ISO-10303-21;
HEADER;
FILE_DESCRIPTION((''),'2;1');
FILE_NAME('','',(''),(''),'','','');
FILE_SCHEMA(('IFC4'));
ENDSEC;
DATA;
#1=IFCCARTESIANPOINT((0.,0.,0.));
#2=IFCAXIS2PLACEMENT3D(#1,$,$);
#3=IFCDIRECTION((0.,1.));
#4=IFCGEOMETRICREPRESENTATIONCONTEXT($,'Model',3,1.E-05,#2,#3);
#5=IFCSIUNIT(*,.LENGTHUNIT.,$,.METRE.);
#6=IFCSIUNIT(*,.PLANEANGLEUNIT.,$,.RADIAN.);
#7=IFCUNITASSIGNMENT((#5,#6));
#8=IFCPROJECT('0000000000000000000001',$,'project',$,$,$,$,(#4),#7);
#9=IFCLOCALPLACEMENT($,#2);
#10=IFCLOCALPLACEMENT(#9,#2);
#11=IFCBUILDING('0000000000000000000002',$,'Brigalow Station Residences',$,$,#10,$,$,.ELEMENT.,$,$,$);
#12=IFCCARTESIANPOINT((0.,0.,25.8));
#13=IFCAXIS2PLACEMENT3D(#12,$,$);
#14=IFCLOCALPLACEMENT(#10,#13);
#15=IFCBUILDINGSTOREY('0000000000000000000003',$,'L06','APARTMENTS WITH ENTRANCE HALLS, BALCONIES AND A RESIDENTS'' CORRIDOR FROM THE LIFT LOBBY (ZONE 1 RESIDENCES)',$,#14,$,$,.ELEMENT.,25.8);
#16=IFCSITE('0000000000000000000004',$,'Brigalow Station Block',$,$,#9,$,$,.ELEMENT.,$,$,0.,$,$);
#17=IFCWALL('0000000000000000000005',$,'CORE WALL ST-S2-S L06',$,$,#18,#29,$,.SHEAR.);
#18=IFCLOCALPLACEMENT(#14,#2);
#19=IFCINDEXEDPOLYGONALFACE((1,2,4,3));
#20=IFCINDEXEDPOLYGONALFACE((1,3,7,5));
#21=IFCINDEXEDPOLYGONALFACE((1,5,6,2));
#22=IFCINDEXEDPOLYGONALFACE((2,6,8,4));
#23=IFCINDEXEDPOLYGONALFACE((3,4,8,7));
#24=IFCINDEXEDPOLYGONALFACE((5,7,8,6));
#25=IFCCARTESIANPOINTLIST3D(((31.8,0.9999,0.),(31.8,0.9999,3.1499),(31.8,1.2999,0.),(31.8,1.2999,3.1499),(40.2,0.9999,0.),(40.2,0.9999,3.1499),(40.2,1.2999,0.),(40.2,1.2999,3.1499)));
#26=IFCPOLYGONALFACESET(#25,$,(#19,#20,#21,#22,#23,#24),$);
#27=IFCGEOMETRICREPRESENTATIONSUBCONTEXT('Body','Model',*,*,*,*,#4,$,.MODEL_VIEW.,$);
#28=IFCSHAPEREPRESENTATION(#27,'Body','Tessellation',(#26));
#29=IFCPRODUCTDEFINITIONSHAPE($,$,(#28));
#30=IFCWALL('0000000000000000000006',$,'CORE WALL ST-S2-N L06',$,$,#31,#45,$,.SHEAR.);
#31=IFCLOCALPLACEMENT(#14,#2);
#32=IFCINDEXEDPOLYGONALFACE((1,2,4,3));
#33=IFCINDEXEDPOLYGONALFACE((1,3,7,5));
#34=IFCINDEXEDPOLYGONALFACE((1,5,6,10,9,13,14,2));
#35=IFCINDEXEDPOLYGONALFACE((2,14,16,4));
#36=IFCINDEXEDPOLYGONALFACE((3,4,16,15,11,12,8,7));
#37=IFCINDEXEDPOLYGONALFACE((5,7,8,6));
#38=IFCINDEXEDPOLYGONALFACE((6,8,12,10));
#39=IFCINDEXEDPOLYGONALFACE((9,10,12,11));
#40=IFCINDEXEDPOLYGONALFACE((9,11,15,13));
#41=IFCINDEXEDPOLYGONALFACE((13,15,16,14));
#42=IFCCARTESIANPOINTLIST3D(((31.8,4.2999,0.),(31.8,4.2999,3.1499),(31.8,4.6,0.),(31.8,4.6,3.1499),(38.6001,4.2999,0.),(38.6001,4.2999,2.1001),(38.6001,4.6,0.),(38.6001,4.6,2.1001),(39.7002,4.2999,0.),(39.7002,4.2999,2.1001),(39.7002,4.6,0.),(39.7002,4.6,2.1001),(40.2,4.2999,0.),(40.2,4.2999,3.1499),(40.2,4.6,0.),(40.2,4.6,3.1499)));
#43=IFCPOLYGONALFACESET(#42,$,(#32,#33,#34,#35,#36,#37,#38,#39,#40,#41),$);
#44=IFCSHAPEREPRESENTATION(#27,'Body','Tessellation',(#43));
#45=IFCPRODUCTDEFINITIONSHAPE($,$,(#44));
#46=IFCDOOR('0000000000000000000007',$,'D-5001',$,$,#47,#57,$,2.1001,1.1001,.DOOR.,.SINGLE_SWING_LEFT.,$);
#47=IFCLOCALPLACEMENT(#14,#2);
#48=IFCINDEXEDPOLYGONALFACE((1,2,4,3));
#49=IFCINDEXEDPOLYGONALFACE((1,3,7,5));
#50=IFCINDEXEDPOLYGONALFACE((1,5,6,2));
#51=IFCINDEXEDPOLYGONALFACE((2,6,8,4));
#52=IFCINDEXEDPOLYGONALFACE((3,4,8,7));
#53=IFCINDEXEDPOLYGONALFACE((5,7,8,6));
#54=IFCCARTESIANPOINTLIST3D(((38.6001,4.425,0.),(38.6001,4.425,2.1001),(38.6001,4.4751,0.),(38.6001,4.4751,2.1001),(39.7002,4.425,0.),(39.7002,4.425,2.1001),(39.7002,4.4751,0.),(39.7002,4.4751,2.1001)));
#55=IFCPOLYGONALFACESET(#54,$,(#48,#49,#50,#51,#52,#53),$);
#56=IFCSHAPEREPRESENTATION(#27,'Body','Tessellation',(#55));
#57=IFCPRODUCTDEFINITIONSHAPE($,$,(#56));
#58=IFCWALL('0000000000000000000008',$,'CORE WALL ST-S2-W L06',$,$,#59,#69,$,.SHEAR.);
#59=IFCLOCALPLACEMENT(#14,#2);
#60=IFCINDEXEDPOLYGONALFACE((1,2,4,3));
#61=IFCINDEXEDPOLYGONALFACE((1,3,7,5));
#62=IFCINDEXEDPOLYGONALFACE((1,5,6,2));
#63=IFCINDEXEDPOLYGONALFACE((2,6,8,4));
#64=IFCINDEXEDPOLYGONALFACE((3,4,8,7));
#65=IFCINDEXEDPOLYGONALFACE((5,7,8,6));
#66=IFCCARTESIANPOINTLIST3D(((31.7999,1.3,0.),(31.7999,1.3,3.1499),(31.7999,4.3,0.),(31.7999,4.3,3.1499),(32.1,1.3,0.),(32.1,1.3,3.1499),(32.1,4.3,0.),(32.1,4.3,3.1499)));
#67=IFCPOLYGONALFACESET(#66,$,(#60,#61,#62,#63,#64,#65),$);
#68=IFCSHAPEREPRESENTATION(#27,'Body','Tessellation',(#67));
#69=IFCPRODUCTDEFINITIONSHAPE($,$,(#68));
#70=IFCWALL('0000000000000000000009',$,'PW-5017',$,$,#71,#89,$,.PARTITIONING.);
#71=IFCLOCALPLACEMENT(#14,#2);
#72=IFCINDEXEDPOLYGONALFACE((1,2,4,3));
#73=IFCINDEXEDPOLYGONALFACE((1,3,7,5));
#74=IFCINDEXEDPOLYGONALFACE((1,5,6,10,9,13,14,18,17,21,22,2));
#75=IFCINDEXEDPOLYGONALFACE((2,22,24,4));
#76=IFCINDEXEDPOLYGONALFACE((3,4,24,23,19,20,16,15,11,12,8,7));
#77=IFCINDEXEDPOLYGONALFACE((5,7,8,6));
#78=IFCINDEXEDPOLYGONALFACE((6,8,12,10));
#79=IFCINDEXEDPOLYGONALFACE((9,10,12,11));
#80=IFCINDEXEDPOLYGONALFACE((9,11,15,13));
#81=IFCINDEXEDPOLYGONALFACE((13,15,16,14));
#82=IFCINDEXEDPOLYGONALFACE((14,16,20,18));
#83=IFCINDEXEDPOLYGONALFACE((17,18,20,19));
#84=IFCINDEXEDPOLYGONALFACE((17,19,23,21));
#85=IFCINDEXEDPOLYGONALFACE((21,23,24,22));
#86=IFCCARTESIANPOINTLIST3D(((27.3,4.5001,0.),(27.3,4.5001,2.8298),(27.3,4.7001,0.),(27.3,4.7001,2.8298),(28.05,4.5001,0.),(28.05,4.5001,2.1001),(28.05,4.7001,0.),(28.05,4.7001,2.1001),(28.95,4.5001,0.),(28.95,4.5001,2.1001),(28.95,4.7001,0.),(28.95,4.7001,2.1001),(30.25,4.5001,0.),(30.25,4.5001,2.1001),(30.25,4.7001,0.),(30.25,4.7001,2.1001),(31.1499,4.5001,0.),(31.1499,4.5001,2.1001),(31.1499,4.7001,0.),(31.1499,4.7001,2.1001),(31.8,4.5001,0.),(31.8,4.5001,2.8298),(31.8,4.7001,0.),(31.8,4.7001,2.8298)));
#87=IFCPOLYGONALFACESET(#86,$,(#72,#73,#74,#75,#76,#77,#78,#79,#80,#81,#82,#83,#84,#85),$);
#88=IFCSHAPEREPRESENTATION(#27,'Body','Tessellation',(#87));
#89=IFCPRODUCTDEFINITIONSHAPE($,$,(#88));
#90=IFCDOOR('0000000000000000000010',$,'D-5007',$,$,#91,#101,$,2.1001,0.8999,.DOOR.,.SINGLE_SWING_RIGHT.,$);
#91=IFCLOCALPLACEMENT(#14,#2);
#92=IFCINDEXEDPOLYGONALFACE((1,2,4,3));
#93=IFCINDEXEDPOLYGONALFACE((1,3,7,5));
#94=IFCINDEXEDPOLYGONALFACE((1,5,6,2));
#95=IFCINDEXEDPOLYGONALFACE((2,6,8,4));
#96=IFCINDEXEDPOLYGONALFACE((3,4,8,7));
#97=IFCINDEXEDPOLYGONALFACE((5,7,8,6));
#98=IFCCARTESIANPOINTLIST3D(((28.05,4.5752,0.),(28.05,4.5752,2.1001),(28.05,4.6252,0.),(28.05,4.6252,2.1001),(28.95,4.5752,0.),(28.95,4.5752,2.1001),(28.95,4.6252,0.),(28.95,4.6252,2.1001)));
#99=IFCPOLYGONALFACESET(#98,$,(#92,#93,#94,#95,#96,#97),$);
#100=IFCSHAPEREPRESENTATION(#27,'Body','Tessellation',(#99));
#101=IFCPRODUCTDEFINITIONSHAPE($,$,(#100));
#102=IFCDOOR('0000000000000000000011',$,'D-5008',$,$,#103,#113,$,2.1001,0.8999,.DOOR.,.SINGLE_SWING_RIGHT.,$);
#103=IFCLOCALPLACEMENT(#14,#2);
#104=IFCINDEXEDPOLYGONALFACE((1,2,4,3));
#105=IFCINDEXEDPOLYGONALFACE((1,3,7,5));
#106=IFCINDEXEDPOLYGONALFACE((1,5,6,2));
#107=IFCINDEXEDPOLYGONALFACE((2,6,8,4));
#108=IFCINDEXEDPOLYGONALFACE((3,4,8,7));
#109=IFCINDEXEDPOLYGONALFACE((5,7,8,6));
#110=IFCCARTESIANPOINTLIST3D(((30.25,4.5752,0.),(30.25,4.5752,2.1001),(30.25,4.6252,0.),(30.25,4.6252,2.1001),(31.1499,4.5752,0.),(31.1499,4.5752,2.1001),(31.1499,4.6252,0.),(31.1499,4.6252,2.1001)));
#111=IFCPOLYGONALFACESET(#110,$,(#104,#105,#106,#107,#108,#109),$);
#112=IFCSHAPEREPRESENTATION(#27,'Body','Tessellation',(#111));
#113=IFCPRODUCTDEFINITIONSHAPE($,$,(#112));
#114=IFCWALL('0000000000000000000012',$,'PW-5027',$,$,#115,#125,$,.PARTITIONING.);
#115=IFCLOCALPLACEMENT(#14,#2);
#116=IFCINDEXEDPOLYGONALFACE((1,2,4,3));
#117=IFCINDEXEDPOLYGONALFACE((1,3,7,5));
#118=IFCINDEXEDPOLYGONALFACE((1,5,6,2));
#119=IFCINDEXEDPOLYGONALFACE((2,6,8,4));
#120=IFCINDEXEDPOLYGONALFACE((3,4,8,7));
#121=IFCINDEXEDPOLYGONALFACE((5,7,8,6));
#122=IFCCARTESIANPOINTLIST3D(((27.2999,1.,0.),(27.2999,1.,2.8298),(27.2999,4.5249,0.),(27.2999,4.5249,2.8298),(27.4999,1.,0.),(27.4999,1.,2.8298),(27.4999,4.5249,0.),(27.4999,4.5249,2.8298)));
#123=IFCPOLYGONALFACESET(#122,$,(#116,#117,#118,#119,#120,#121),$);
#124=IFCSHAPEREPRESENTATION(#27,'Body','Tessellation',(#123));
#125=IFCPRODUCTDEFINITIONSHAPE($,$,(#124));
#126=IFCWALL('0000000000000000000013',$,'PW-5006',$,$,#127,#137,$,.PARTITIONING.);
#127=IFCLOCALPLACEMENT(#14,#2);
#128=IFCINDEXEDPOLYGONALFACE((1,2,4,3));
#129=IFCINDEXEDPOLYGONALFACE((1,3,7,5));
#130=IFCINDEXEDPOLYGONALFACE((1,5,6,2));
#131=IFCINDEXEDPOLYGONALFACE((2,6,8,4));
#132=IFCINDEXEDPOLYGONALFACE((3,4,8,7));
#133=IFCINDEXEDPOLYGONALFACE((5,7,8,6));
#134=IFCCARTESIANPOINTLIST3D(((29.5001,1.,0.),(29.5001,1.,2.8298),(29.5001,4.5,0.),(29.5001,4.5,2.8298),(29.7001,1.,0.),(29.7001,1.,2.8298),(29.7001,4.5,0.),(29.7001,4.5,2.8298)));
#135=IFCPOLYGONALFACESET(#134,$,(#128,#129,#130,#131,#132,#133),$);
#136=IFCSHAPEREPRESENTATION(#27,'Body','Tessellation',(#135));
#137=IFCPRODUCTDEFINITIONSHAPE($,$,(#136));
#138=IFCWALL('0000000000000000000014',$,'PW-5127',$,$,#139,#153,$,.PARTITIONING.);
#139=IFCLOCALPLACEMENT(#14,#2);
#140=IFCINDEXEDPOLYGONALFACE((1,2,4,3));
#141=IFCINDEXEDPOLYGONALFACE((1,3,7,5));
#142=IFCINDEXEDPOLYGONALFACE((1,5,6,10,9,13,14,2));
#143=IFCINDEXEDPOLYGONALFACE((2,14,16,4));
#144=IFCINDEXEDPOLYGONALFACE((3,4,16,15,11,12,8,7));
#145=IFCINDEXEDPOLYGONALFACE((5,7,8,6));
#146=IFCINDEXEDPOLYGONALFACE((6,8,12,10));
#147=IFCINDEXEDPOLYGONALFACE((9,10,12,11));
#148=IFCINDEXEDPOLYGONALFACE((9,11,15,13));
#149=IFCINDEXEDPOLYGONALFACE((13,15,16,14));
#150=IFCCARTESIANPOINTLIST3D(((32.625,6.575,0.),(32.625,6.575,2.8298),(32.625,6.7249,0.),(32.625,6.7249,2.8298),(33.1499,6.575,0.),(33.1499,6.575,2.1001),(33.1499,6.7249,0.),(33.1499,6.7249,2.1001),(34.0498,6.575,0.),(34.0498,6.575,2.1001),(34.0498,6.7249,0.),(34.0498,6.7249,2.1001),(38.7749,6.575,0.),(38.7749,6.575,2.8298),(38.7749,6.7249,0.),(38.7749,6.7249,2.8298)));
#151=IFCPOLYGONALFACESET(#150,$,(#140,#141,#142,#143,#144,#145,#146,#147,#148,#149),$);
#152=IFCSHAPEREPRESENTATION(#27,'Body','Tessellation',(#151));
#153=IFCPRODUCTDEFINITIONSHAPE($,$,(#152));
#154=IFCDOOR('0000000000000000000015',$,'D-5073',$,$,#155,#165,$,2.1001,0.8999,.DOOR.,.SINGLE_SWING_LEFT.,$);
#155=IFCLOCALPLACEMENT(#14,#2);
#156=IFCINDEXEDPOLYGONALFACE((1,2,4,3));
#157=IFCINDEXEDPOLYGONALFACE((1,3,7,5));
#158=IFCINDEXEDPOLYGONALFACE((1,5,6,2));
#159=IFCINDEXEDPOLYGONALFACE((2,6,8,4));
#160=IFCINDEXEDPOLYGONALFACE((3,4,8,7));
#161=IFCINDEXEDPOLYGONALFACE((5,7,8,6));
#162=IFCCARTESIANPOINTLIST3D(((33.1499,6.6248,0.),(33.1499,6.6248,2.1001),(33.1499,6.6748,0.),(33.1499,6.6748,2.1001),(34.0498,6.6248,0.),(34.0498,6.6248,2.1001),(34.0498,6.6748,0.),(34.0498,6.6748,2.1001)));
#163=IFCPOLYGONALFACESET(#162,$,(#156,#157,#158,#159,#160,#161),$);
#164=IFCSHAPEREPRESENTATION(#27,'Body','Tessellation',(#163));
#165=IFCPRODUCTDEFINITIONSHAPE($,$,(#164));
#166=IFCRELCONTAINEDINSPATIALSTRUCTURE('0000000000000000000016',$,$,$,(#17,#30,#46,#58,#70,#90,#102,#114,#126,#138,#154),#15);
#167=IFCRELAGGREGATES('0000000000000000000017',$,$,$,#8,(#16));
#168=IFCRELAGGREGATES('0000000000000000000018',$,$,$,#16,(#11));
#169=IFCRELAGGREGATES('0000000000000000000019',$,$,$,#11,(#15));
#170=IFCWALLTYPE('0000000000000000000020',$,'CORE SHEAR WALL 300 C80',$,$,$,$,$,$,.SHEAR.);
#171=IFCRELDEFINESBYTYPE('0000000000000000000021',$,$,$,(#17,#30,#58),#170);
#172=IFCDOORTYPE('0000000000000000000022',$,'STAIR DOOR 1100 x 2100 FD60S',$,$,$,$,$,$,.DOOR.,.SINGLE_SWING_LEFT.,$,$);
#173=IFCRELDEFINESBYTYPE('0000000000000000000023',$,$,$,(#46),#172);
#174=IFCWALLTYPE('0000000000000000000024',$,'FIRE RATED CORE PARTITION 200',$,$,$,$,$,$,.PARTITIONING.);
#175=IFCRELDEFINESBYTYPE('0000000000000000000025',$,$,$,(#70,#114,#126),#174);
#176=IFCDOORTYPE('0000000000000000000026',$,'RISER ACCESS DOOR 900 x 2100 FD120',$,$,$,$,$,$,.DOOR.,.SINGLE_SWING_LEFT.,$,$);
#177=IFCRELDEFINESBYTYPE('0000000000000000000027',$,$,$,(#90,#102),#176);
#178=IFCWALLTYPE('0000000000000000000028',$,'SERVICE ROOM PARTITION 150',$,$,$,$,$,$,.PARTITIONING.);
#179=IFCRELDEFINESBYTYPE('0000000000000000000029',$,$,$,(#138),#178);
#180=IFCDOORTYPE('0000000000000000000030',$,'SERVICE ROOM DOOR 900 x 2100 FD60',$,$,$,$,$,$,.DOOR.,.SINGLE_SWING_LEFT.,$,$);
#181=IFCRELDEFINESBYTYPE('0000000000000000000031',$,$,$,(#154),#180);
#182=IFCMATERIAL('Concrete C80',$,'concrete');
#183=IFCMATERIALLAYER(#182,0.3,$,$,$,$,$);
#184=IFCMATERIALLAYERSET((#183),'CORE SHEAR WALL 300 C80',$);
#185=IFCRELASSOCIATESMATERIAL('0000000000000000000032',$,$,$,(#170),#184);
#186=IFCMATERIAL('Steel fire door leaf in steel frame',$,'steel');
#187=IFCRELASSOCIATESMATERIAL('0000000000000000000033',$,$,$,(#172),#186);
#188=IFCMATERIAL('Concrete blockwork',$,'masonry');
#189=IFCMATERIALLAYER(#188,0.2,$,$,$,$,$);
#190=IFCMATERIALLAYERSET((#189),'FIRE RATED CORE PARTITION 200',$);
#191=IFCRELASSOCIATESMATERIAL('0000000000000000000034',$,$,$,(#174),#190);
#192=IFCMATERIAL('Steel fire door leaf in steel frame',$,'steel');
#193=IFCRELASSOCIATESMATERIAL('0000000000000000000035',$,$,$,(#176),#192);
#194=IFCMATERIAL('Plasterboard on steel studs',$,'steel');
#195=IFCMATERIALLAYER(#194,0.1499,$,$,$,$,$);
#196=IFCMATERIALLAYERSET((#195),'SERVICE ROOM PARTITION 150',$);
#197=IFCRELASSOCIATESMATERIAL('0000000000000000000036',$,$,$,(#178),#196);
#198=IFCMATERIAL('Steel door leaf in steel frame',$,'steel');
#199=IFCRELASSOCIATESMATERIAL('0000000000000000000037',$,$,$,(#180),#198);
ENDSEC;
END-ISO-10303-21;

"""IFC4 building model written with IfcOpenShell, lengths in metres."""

from ifc_helpers import new_model, si_unit, direction, frame, frame_2d, origin, place, context, subcontext, project, spatial, rectangle, extrude, material, layer, layer_set, type_object, element, fill, save


model = new_model("IFC4")

# Units and contexts
model_context = context("Model", 3, precision=1e-05, world=origin(), true_north=direction((0.0, 1.0)))
body_context = subcontext(model_context, "Body", "Model", "MODEL_VIEW")
ifc_project = project(units=[si_unit("LENGTHUNIT", "METRE"), si_unit("PLANEANGLEUNIT", "RADIAN")], contexts=[model_context])

# Site, building, storey
site_placement = place(None, origin())
site = spatial("IfcSite", under=ifc_project, at=site_placement, Name="Brigalow Station Block", CompositionType="ELEMENT", RefElevation=0.0)
building_placement = place(site_placement, origin())
building = spatial("IfcBuilding", under=site, at=building_placement, Name="Brigalow Station Residences", CompositionType="ELEMENT")
storey_placement = place(building_placement, frame((0.0, 0.0, 25.8)))
storey = spatial("IfcBuildingStorey", under=building, at=storey_placement, Name="L06", Description="APARTMENTS WITH ENTRANCE HALLS, BALCONIES AND A RESIDENTS' CORRIDOR FROM THE LIFT LOBBY (ZONE 1 RESIDENCES)", CompositionType="ELEMENT", Elevation=25.8)

# Wall
ifc_material_1 = material(Name="Concrete C80", Category="concrete")
ifc_layer_1 = layer(ifc_material_1, 0.3)
ifc_layer_set_1 = layer_set([ifc_layer_1], Name="CORE SHEAR WALL 300 C80")
wall_type_1 = type_object("IfcWallType", Name="CORE SHEAR WALL 300 C80", PredefinedType="SHEAR", material=ifc_layer_set_1)
wall_1_placement = place(storey_placement, frame((31.8, 1.1499, 0.0), z_axis=(0.0, 0.0, 1.0), x_axis=(1.0, 0.0, 0.0)))
element("IfcWall", 1, at=wall_1_placement, inside=storey, type_object=wall_type_1, Name="CORE WALL ST-S2-S L06", PredefinedType="SHEAR", context=body_context, shape_type="SweptSolid", body=[
    extrude(rectangle(XDim=8.3999, YDim=0.3, at=frame_2d((4.2, 0.0))), origin(), (0.0, 0.0, 1.0), 3.1499),
])

# Wall, opening, door
wall_2_placement = place(storey_placement, frame((31.8, 4.45, 0.0), z_axis=(0.0, 0.0, 1.0), x_axis=(1.0, 0.0, 0.0)))
wall_2 = element("IfcWall", 2, at=wall_2_placement, inside=storey, type_object=wall_type_1, Name="CORE WALL ST-S2-N L06", PredefinedType="SHEAR", context=body_context, shape_type="SweptSolid", body=[
    extrude(rectangle(XDim=8.3999, YDim=0.3, at=frame_2d((4.2, 0.0))), origin(), (0.0, 0.0, 1.0), 3.1499),
])
opening_1_placement = place(wall_2_placement, frame((6.8, 0.0, 0.0)))
opening_1 = element("IfcOpeningElement", 3, at=opening_1_placement, cuts=wall_2, PredefinedType="OPENING", context=body_context, shape_type="SweptSolid", body=[
    extrude(rectangle(XDim=1.1001, YDim=2.1001, at=frame_2d((0.55, 1.05))), frame((0.0, 0.1602, 0.0), z_axis=(0.0, -1.0, 0.0), x_axis=(1.0, 0.0, 0.0)), (0.0, 0.0, 1.0), 0.3201),
])
ifc_material_2 = material(Name="Steel fire door leaf in steel frame", Category="steel")
door_type_1 = type_object("IfcDoorType", Name="STAIR DOOR 1100 x 2100 FD60S", OperationType="SINGLE_SWING_LEFT", PredefinedType="DOOR", material=ifc_material_2)
door_1_placement = place(opening_1_placement, frame((1.1001, 0.0, 0.0), z_axis=(0.0, 0.0, 1.0), x_axis=(-1.0, 0.0, 0.0)))
door_1 = element("IfcDoor", 4, at=door_1_placement, inside=storey, type_object=door_type_1, Name="D-5001", OperationType="SINGLE_SWING_LEFT", OverallHeight=2.1001, OverallWidth=1.1001, PredefinedType="DOOR", context=body_context, shape_type="SweptSolid", body=[
    extrude(rectangle(XDim=1.1001, YDim=2.1001, at=frame_2d((0.55, 1.05))), frame((0.0, 0.0249, 0.0), z_axis=(0.0, -1.0, 0.0), x_axis=(1.0, 0.0, 0.0)), (0.0, 0.0, 1.0), 0.05),
])
fill(opening_1, door_1)

# Wall
wall_3_placement = place(storey_placement, frame((31.95, 1.3, 0.0), z_axis=(0.0, 0.0, 1.0), x_axis=(0.0, 1.0, 0.0)))
element("IfcWall", 5, at=wall_3_placement, inside=storey, type_object=wall_type_1, Name="CORE WALL ST-S2-W L06", PredefinedType="SHEAR", context=body_context, shape_type="SweptSolid", body=[
    extrude(rectangle(XDim=3.0, YDim=0.3, at=frame_2d((1.5, 0.0))), origin(), (0.0, 0.0, 1.0), 3.1499),
])

# Wall, openings, doors
ifc_material_3 = material(Name="Concrete blockwork", Category="masonry")
ifc_layer_2 = layer(ifc_material_3, 0.2)
ifc_layer_set_2 = layer_set([ifc_layer_2], Name="FIRE RATED CORE PARTITION 200")
wall_type_2 = type_object("IfcWallType", Name="FIRE RATED CORE PARTITION 200", PredefinedType="PARTITIONING", material=ifc_layer_set_2)
wall_4_placement = place(storey_placement, frame((27.3, 4.6001, 0.0), z_axis=(0.0, 0.0, 1.0), x_axis=(1.0, 0.0, 0.0)))
wall_4 = element("IfcWall", 6, at=wall_4_placement, inside=storey, type_object=wall_type_2, Name="PW-5017", PredefinedType="PARTITIONING", context=body_context, shape_type="SweptSolid", body=[
    extrude(rectangle(XDim=4.5, YDim=0.2, at=frame_2d((2.25, 0.0))), origin(), (0.0, 0.0, 1.0), 2.8298),
])
opening_2_placement = place(wall_4_placement, frame((0.75, 0.0, 0.0)))
opening_2 = element("IfcOpeningElement", 7, at=opening_2_placement, cuts=wall_4, PredefinedType="OPENING", context=body_context, shape_type="SweptSolid", body=[
    extrude(rectangle(XDim=0.8999, YDim=2.1001, at=frame_2d((0.45, 1.05))), frame((0.0, 0.1099, 0.0), z_axis=(0.0, -1.0, 0.0), x_axis=(1.0, 0.0, 0.0)), (0.0, 0.0, 1.0), 0.22),
])
opening_3_placement = place(wall_4_placement, frame((2.95, 0.0, 0.0)))
opening_3 = element("IfcOpeningElement", 8, at=opening_3_placement, cuts=wall_4, PredefinedType="OPENING", context=body_context, shape_type="SweptSolid", body=[
    extrude(rectangle(XDim=0.8999, YDim=2.1001, at=frame_2d((0.45, 1.05))), frame((0.0, 0.1099, 0.0), z_axis=(0.0, -1.0, 0.0), x_axis=(1.0, 0.0, 0.0)), (0.0, 0.0, 1.0), 0.22),
])
ifc_material_4 = material(Name="Steel fire door leaf in steel frame", Category="steel")
door_type_2 = type_object("IfcDoorType", Name="RISER ACCESS DOOR 900 x 2100 FD120", OperationType="SINGLE_SWING_LEFT", PredefinedType="DOOR", material=ifc_material_4)
door_2_placement = place(opening_2_placement, frame((0.8999, 0.0, 0.0), z_axis=(0.0, 0.0, 1.0), x_axis=(-1.0, 0.0, 0.0)))
door_2 = element("IfcDoor", 9, at=door_2_placement, inside=storey, type_object=door_type_2, Name="D-5007", OperationType="SINGLE_SWING_RIGHT", OverallHeight=2.1001, OverallWidth=0.8999, PredefinedType="DOOR", context=body_context, shape_type="SweptSolid", body=[
    extrude(rectangle(XDim=0.8999, YDim=2.1001, at=frame_2d((0.45, 1.05))), frame((0.0, 0.0249, 0.0), z_axis=(0.0, -1.0, 0.0), x_axis=(1.0, 0.0, 0.0)), (0.0, 0.0, 1.0), 0.05),
])
fill(opening_2, door_2)
door_3_placement = place(opening_3_placement, frame((0.8999, 0.0, 0.0), z_axis=(0.0, 0.0, 1.0), x_axis=(-1.0, 0.0, 0.0)))
door_3 = element("IfcDoor", 10, at=door_3_placement, inside=storey, type_object=door_type_2, Name="D-5008", OperationType="SINGLE_SWING_RIGHT", OverallHeight=2.1001, OverallWidth=0.8999, PredefinedType="DOOR", context=body_context, shape_type="SweptSolid", body=[
    extrude(rectangle(XDim=0.8999, YDim=2.1001, at=frame_2d((0.45, 1.05))), frame((0.0, 0.0249, 0.0), z_axis=(0.0, -1.0, 0.0), x_axis=(1.0, 0.0, 0.0)), (0.0, 0.0, 1.0), 0.05),
])
fill(opening_3, door_3)

# Walls
wall_5_placement = place(storey_placement, frame((27.3999, 1.0, 0.0), z_axis=(0.0, 0.0, 1.0), x_axis=(0.0, 1.0, 0.0)))
element("IfcWall", 11, at=wall_5_placement, inside=storey, type_object=wall_type_2, Name="PW-5027", PredefinedType="PARTITIONING", context=body_context, shape_type="SweptSolid", body=[
    extrude(rectangle(XDim=3.5249, YDim=0.2, at=frame_2d((1.7625, 0.0))), origin(), (0.0, 0.0, 1.0), 2.8298),
])
wall_6_placement = place(storey_placement, frame((29.6001, 1.0, 0.0), z_axis=(0.0, 0.0, 1.0), x_axis=(0.0, 1.0, 0.0)))
element("IfcWall", 12, at=wall_6_placement, inside=storey, type_object=wall_type_2, Name="PW-5006", PredefinedType="PARTITIONING", context=body_context, shape_type="SweptSolid", body=[
    extrude(rectangle(XDim=3.5, YDim=0.2, at=frame_2d((1.75, 0.0))), origin(), (0.0, 0.0, 1.0), 2.8298),
])

# Wall, opening, door
ifc_material_5 = material(Name="Plasterboard on steel studs", Category="steel")
ifc_layer_3 = layer(ifc_material_5, 0.1499)
ifc_layer_set_3 = layer_set([ifc_layer_3], Name="SERVICE ROOM PARTITION 150")
wall_type_3 = type_object("IfcWallType", Name="SERVICE ROOM PARTITION 150", PredefinedType="PARTITIONING", material=ifc_layer_set_3)
wall_7_placement = place(storey_placement, frame((32.625, 6.6499, 0.0), z_axis=(0.0, 0.0, 1.0), x_axis=(1.0, 0.0, 0.0)))
wall_7 = element("IfcWall", 13, at=wall_7_placement, inside=storey, type_object=wall_type_3, Name="PW-5127", PredefinedType="PARTITIONING", context=body_context, shape_type="SweptSolid", body=[
    extrude(rectangle(XDim=6.1499, YDim=0.1499, at=frame_2d((3.075, 0.0))), origin(), (0.0, 0.0, 1.0), 2.8298),
])
opening_4_placement = place(wall_7_placement, frame((0.5249, 0.0, 0.0)))
opening_4 = element("IfcOpeningElement", 14, at=opening_4_placement, cuts=wall_7, PredefinedType="OPENING", context=body_context, shape_type="SweptSolid", body=[
    extrude(rectangle(XDim=0.8999, YDim=2.1001, at=frame_2d((0.45, 1.05))), frame((0.0, 0.085, 0.0), z_axis=(0.0, -1.0, 0.0), x_axis=(1.0, 0.0, 0.0)), (0.0, 0.0, 1.0), 0.1699),
])
ifc_material_6 = material(Name="Steel door leaf in steel frame", Category="steel")
door_type_3 = type_object("IfcDoorType", Name="SERVICE ROOM DOOR 900 x 2100 FD60", OperationType="SINGLE_SWING_LEFT", PredefinedType="DOOR", material=ifc_material_6)
door_4_placement = place(opening_4_placement, origin())
door_4 = element("IfcDoor", 15, at=door_4_placement, inside=storey, type_object=door_type_3, Name="D-5073", OperationType="SINGLE_SWING_LEFT", OverallHeight=2.1001, OverallWidth=0.8999, PredefinedType="DOOR", context=body_context, shape_type="SweptSolid", body=[
    extrude(rectangle(XDim=0.8999, YDim=2.1001, at=frame_2d((0.45, 1.05))), frame((0.0, 0.0249, 0.0), z_axis=(0.0, -1.0, 0.0), x_axis=(1.0, 0.0, 0.0)), (0.0, 0.0, 1.0), 0.05),
])
fill(opening_4, door_4)

save(model, "model.ifc")
